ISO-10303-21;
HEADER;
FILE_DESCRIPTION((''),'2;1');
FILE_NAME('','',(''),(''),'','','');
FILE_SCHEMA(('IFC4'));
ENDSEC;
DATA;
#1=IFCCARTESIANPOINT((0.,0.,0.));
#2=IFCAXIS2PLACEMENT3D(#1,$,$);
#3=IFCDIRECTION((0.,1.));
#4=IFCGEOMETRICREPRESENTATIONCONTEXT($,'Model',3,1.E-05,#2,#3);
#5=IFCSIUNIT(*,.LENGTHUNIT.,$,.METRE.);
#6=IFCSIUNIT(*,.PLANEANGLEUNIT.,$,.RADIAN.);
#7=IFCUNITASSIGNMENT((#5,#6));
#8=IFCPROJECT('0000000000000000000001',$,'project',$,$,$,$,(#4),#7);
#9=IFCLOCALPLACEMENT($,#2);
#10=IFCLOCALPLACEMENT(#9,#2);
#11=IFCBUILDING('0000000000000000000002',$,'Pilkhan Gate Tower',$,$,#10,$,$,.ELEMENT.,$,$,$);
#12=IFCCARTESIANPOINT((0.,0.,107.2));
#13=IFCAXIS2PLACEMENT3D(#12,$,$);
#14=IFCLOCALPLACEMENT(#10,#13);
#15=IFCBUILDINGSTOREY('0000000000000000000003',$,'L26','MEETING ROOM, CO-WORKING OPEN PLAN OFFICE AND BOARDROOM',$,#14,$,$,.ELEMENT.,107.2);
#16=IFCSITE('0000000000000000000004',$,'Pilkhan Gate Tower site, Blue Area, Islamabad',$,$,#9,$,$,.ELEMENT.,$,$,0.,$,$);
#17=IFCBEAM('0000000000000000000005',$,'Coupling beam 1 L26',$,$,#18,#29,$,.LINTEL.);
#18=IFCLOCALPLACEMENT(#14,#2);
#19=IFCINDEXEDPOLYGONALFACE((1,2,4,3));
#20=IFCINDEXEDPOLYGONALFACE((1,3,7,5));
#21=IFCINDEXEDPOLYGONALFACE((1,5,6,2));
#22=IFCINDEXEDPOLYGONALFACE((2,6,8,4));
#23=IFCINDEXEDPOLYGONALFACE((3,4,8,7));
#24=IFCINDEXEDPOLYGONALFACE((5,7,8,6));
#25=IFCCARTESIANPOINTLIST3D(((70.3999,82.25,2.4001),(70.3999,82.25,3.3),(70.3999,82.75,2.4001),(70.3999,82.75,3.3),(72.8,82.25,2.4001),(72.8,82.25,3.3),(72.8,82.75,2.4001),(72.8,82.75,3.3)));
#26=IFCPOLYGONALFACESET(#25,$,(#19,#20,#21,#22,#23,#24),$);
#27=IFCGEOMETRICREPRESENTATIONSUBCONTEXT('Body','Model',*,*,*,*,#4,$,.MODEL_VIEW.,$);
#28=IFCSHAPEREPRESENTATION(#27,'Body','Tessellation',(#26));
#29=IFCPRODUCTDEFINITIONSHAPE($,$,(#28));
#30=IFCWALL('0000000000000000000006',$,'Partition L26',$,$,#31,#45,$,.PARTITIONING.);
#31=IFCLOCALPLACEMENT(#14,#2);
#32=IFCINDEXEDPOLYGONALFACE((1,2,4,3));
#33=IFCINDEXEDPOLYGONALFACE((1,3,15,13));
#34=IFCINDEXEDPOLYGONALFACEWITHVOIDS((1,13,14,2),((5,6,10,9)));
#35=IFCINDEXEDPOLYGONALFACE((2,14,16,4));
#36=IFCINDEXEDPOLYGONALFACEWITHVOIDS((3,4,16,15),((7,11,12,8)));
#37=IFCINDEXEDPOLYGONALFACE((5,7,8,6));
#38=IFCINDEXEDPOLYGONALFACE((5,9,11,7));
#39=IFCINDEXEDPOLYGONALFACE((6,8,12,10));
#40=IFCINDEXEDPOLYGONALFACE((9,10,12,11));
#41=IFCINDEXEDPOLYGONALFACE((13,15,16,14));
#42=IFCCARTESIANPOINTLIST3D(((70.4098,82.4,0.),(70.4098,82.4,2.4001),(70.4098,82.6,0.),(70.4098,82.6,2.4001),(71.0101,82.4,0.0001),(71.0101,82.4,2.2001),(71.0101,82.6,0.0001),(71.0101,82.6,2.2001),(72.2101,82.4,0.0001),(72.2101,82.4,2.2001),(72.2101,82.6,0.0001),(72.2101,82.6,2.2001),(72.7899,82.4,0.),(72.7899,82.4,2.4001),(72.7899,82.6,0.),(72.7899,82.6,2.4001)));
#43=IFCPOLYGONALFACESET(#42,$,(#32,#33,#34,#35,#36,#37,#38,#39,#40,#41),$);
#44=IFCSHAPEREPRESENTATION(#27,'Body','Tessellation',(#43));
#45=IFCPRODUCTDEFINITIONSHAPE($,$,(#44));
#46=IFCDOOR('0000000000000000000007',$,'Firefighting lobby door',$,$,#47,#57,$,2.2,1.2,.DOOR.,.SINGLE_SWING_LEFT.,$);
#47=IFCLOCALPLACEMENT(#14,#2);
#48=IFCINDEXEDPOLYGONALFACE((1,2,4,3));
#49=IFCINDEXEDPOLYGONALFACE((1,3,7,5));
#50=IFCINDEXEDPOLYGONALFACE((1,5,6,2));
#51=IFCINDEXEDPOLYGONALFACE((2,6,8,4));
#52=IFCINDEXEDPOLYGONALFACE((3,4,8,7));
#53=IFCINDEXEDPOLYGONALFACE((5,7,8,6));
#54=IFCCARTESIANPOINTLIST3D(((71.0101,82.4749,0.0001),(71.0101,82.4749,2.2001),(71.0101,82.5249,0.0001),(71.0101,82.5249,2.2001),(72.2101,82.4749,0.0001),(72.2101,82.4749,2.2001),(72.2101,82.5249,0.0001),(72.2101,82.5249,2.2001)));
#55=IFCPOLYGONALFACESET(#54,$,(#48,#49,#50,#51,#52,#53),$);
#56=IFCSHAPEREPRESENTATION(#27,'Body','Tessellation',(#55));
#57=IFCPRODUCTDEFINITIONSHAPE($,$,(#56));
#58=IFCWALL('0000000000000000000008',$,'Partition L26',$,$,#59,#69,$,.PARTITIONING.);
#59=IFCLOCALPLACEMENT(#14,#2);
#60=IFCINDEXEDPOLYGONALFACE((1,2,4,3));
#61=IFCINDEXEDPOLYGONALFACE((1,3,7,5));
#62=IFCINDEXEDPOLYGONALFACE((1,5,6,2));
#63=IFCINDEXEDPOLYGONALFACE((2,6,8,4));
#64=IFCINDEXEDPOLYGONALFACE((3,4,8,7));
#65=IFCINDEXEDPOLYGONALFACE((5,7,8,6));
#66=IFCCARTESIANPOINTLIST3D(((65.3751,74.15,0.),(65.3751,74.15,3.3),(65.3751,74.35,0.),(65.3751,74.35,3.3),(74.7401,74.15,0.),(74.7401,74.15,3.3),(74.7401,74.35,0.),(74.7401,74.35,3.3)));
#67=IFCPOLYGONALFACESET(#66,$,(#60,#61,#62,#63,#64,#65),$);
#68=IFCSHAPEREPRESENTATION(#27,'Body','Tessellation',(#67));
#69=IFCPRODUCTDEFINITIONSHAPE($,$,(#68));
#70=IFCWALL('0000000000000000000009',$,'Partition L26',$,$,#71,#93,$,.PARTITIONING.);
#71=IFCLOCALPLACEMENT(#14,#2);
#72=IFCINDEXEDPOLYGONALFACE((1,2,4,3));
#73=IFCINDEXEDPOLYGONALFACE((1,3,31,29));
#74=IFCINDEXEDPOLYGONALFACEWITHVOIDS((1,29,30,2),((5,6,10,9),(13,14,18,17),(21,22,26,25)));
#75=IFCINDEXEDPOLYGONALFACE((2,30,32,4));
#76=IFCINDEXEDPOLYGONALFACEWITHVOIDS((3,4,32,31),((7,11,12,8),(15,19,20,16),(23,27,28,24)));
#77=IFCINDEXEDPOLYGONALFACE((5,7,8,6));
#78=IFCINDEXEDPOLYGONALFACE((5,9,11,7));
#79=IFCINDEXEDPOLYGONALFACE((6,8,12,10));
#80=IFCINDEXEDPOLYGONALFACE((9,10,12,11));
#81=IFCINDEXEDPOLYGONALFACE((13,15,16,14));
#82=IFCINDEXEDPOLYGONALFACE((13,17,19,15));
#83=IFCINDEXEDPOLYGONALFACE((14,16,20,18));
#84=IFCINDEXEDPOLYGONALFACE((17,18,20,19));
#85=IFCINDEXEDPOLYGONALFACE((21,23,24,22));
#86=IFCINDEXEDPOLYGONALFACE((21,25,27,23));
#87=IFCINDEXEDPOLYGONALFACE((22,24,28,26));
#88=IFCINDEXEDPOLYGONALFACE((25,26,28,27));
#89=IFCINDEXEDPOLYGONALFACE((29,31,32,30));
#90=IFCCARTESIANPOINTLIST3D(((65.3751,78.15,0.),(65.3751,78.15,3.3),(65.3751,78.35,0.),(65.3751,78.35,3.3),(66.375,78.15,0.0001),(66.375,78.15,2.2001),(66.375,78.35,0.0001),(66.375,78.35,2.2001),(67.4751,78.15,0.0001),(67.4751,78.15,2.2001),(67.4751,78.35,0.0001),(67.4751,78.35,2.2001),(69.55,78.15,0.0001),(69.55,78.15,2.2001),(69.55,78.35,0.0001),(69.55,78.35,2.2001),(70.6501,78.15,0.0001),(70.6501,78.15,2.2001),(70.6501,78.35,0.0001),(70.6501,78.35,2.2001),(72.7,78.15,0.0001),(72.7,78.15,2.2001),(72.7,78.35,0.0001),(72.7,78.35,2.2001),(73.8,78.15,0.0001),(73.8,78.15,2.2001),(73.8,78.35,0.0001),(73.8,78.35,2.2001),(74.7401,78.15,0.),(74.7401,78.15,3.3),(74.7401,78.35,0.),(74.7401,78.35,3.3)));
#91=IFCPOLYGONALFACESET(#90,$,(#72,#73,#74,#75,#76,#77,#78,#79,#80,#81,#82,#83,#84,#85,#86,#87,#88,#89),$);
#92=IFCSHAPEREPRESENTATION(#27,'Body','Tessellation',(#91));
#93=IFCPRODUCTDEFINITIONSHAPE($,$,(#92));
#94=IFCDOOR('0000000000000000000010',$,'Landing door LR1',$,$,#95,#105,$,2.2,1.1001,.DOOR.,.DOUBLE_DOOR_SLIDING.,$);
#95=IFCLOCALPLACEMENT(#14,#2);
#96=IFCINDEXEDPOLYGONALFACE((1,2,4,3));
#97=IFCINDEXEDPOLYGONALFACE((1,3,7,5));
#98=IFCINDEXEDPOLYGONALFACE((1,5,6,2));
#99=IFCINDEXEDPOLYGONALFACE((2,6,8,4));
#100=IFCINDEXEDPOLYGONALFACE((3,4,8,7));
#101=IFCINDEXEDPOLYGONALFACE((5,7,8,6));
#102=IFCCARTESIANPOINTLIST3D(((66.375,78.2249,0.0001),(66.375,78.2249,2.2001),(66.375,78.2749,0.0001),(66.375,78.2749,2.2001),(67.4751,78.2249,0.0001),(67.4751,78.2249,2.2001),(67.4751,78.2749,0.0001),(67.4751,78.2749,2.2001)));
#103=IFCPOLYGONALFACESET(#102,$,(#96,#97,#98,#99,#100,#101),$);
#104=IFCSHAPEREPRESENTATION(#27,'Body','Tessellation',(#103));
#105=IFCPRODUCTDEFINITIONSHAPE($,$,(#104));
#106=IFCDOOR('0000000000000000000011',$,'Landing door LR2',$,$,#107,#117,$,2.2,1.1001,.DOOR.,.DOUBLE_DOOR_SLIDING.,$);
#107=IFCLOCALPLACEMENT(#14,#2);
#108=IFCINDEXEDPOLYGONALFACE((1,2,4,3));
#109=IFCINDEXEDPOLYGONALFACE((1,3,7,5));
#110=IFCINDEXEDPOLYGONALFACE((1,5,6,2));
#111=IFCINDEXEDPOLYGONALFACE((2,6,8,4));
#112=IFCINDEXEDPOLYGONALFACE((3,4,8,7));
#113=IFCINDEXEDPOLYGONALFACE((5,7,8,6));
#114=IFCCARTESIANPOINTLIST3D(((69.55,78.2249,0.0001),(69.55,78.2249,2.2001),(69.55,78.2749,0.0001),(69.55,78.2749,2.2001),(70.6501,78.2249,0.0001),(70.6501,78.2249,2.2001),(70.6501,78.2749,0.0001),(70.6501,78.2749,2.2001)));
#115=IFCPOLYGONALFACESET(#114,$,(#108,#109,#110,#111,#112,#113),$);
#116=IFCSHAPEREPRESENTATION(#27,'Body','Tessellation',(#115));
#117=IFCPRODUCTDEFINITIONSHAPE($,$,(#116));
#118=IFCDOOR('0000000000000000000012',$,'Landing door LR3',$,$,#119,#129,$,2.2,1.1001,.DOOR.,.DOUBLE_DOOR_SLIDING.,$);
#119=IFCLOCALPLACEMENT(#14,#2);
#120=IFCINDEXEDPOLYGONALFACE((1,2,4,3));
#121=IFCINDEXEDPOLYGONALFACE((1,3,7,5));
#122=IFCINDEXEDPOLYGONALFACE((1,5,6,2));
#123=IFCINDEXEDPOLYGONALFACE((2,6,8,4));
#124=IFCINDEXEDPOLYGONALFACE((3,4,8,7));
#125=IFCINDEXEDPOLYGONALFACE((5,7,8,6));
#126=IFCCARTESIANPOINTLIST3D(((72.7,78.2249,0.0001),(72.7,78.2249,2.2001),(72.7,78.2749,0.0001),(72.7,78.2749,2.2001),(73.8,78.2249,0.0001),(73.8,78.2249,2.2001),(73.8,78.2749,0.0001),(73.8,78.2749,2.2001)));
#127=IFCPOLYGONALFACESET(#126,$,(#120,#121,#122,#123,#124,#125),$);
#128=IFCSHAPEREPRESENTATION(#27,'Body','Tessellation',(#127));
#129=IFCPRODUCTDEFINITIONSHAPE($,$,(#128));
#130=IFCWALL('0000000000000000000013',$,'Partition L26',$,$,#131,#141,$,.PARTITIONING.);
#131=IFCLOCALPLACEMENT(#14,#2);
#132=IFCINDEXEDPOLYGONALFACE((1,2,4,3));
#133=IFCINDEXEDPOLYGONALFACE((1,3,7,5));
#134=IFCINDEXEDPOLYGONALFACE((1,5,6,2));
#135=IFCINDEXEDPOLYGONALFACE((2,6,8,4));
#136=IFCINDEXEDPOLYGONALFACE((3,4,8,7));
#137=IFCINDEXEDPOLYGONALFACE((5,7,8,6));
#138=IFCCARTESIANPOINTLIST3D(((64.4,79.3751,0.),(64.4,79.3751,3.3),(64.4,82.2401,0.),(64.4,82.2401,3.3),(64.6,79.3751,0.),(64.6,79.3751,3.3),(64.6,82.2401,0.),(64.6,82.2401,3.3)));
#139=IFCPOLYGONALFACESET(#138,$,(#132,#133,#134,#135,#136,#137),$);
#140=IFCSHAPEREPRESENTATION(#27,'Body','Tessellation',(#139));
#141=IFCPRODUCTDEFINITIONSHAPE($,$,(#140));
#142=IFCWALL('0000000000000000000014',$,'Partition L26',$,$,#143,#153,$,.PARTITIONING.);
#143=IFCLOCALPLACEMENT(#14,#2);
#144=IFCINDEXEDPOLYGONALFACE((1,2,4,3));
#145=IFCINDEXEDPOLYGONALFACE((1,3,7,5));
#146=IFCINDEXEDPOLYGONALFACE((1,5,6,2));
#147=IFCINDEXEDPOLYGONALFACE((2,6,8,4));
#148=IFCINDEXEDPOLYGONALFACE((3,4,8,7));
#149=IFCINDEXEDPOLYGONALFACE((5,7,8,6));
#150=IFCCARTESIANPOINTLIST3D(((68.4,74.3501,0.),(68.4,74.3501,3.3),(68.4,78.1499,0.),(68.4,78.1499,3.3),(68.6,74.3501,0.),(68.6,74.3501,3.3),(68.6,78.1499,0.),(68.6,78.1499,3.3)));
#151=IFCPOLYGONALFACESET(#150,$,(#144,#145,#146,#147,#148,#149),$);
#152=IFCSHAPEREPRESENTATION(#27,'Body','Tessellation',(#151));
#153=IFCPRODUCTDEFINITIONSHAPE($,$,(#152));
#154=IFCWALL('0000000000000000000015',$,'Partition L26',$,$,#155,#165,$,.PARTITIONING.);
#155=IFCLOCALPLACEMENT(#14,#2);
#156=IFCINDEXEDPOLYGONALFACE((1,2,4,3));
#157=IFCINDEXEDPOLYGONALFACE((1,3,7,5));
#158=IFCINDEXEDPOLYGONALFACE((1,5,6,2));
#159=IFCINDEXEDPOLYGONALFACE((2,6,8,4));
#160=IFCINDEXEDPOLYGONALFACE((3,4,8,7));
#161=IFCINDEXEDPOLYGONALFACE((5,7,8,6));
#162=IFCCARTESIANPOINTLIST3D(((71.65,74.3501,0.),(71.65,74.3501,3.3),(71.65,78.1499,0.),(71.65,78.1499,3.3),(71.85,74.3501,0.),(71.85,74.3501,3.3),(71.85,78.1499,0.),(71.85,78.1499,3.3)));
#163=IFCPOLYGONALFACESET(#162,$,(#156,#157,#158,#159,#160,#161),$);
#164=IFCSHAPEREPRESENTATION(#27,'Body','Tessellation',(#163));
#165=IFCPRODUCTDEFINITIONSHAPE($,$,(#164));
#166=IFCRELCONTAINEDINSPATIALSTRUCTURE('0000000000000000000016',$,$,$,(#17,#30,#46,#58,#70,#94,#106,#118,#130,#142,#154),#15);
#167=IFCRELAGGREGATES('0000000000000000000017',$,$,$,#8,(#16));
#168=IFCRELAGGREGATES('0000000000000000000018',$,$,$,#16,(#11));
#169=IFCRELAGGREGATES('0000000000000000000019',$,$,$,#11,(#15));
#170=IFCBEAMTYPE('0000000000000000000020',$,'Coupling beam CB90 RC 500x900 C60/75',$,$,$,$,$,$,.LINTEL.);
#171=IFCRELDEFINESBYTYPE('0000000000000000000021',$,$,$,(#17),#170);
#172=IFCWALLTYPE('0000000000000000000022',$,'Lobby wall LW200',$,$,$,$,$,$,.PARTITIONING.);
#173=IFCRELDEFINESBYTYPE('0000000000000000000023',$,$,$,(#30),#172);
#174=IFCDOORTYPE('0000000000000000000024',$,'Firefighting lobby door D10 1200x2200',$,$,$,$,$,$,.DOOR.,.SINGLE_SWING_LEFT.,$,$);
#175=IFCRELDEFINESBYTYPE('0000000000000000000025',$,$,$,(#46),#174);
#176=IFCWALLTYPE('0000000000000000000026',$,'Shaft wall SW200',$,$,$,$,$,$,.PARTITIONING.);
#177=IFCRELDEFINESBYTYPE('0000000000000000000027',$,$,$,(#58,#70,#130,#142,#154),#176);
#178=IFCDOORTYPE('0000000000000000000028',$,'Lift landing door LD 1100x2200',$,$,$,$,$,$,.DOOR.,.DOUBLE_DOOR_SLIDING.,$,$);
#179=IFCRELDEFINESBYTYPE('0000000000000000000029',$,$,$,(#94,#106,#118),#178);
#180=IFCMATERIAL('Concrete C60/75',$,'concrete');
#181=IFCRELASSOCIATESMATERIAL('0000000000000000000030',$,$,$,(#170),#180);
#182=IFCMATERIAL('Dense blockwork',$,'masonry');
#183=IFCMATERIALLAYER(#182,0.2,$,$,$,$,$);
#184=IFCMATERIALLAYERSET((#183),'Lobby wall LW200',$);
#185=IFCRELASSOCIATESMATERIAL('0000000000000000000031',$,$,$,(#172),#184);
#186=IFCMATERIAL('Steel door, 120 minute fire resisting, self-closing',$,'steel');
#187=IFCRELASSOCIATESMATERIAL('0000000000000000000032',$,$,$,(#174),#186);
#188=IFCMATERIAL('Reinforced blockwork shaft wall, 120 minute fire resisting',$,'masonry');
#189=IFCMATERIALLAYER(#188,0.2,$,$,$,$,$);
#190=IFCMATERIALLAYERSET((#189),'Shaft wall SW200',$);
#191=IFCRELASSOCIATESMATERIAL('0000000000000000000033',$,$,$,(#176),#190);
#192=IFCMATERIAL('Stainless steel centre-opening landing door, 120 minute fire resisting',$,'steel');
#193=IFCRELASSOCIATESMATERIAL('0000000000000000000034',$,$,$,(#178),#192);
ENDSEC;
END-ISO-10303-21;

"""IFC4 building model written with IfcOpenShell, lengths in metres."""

from ifc_helpers import new_model, si_unit, direction, frame, frame_2d, origin, origin_2d, place, context, subcontext, project, spatial, rectangle, extrude, material, layer, layer_set, material_profile, profile_set, type_object, element, fill, save


model = new_model("IFC4")

# Units and contexts
model_context = context("Model", 3, precision=1e-05, world=origin(), true_north=direction((0.0, 1.0)))
body_context = subcontext(model_context, "Body", "Model", "MODEL_VIEW")
ifc_project = project(units=[si_unit("LENGTHUNIT", "METRE"), si_unit("PLANEANGLEUNIT", "RADIAN")], contexts=[model_context])

# Site, building, storey
site_placement = place(None, origin())
site = spatial("IfcSite", under=ifc_project, at=site_placement, Name="Pilkhan Gate Tower site, Blue Area, Islamabad", CompositionType="ELEMENT", RefElevation=0.0)
building_placement = place(site_placement, origin())
building = spatial("IfcBuilding", under=site, at=building_placement, Name="Pilkhan Gate Tower", CompositionType="ELEMENT")
storey_placement = place(building_placement, frame((0.0, 0.0, 107.2)))
storey = spatial("IfcBuildingStorey", under=building, at=storey_placement, Name="L26", Description="MEETING ROOM, CO-WORKING OPEN PLAN OFFICE AND BOARDROOM", CompositionType="ELEMENT", Elevation=107.2)

# Beam
ifc_material_1 = material(Name="Concrete C60/75", Category="concrete")
ifc_material_profile = material_profile(ifc_material_1, rectangle(XDim=0.5, YDim=0.8999, at=origin_2d()), Name="RC 500x900")
ifc_profile_set = profile_set([ifc_material_profile], Name="Concrete C60/75")
beam_type = type_object("IfcBeamType", Name="Coupling beam CB90 RC 500x900 C60/75", PredefinedType="LINTEL", material=ifc_profile_set)
beam_placement = place(storey_placement, frame((70.3999, 82.5, 2.8501), z_axis=(1.0, 0.0, 0.0), x_axis=(0.0, 1.0, 0.0)))
element("IfcBeam", 1, at=beam_placement, inside=storey, type_object=beam_type, Name="Coupling beam 1 L26", PredefinedType="LINTEL", context=body_context, shape_type="SweptSolid", body=[
    extrude(rectangle(XDim=0.5, YDim=0.8999, at=origin_2d()), origin(), (0.0, 0.0, 1.0), 2.4001),
])

# Wall, opening, door
ifc_material_2 = material(Name="Dense blockwork", Category="masonry")
ifc_layer_1 = layer(ifc_material_2, 0.2)
ifc_layer_set_1 = layer_set([ifc_layer_1], Name="Lobby wall LW200")
wall_type_1 = type_object("IfcWallType", Name="Lobby wall LW200", PredefinedType="PARTITIONING", material=ifc_layer_set_1)
wall_1_placement = place(storey_placement, frame((70.4099, 82.5, 0.0), z_axis=(0.0, 0.0, 1.0), x_axis=(1.0, 0.0, 0.0)))
wall_1 = element("IfcWall", 2, at=wall_1_placement, inside=storey, type_object=wall_type_1, Name="Partition L26", PredefinedType="PARTITIONING", context=body_context, shape_type="SweptSolid", body=[
    extrude(rectangle(XDim=2.3801, YDim=0.2, at=frame_2d((1.1899, 0.0))), origin(), (0.0, 0.0, 1.0), 2.4001),
])
opening_1_placement = place(wall_1_placement, frame((0.6001, 0.0, 0.0)))
opening_1 = element("IfcOpeningElement", 3, at=opening_1_placement, cuts=wall_1, PredefinedType="OPENING", context=body_context, shape_type="SweptSolid", body=[
    extrude(rectangle(XDim=1.2, YDim=2.2, at=frame_2d((0.6001, 1.1001))), frame((0.0, 0.1099, 0.0), z_axis=(0.0, -1.0, 0.0), x_axis=(1.0, 0.0, 0.0)), (0.0, 0.0, 1.0), 0.22),
])
ifc_material_3 = material(Name="Steel door, 120 minute fire resisting, self-closing", Category="steel")
door_type_1 = type_object("IfcDoorType", Name="Firefighting lobby door D10 1200x2200", OperationType="SINGLE_SWING_LEFT", PredefinedType="DOOR", material=ifc_material_3)
door_1_placement = place(opening_1_placement, origin())
door_1 = element("IfcDoor", 4, at=door_1_placement, inside=storey, type_object=door_type_1, Name="Firefighting lobby door", OperationType="SINGLE_SWING_LEFT", OverallHeight=2.2, OverallWidth=1.2, PredefinedType="DOOR", context=body_context, shape_type="SweptSolid", body=[
    extrude(rectangle(XDim=1.2, YDim=2.2, at=frame_2d((0.6001, 1.1001))), frame((0.0, 0.0249, 0.0), z_axis=(0.0, -1.0, 0.0), x_axis=(1.0, 0.0, 0.0)), (0.0, 0.0, 1.0), 0.05),
])
fill(opening_1, door_1)

# Wall
ifc_material_4 = material(Name="Reinforced blockwork shaft wall, 120 minute fire resisting", Category="masonry")
ifc_layer_2 = layer(ifc_material_4, 0.2)
ifc_layer_set_2 = layer_set([ifc_layer_2], Name="Shaft wall SW200")
wall_type_2 = type_object("IfcWallType", Name="Shaft wall SW200", PredefinedType="PARTITIONING", material=ifc_layer_set_2)
wall_2_placement = place(storey_placement, frame((65.375, 74.25, 0.0), z_axis=(0.0, 0.0, 1.0), x_axis=(1.0, 0.0, 0.0)))
element("IfcWall", 5, at=wall_2_placement, inside=storey, type_object=wall_type_2, Name="Partition L26", PredefinedType="PARTITIONING", context=body_context, shape_type="SweptSolid", body=[
    extrude(rectangle(XDim=9.365, YDim=0.2, at=frame_2d((4.6826, 0.0))), origin(), (0.0, 0.0, 1.0), 3.3),
])

# Wall, openings, doors
wall_3_placement = place(storey_placement, frame((65.375, 78.25, 0.0), z_axis=(0.0, 0.0, 1.0), x_axis=(1.0, 0.0, 0.0)))
wall_3 = element("IfcWall", 6, at=wall_3_placement, inside=storey, type_object=wall_type_2, Name="Partition L26", PredefinedType="PARTITIONING", context=body_context, shape_type="SweptSolid", body=[
    extrude(rectangle(XDim=9.365, YDim=0.2, at=frame_2d((4.6826, 0.0))), origin(), (0.0, 0.0, 1.0), 3.3),
])
opening_2_placement = place(wall_3_placement, frame((1.0, 0.0, 0.0)))
opening_2 = element("IfcOpeningElement", 7, at=opening_2_placement, cuts=wall_3, PredefinedType="OPENING", context=body_context, shape_type="SweptSolid", body=[
    extrude(rectangle(XDim=1.1001, YDim=2.2, at=frame_2d((0.55, 1.1001))), frame((0.0, 0.1099, 0.0), z_axis=(0.0, -1.0, 0.0), x_axis=(1.0, 0.0, 0.0)), (0.0, 0.0, 1.0), 0.22),
])
opening_3_placement = place(wall_3_placement, frame((4.175, 0.0, 0.0)))
opening_3 = element("IfcOpeningElement", 8, at=opening_3_placement, cuts=wall_3, PredefinedType="OPENING", context=body_context, shape_type="SweptSolid", body=[
    extrude(rectangle(XDim=1.1001, YDim=2.2, at=frame_2d((0.55, 1.1001))), frame((0.0, 0.1099, 0.0), z_axis=(0.0, -1.0, 0.0), x_axis=(1.0, 0.0, 0.0)), (0.0, 0.0, 1.0), 0.22),
])
opening_4_placement = place(wall_3_placement, frame((7.325, 0.0, 0.0)))
opening_4 = element("IfcOpeningElement", 9, at=opening_4_placement, cuts=wall_3, PredefinedType="OPENING", context=body_context, shape_type="SweptSolid", body=[
    extrude(rectangle(XDim=1.1001, YDim=2.2, at=frame_2d((0.55, 1.1001))), frame((0.0, 0.1099, 0.0), z_axis=(0.0, -1.0, 0.0), x_axis=(1.0, 0.0, 0.0)), (0.0, 0.0, 1.0), 0.22),
])
ifc_material_5 = material(Name="Stainless steel centre-opening landing door, 120 minute fire resisting", Category="steel")
door_type_2 = type_object("IfcDoorType", Name="Lift landing door LD 1100x2200", OperationType="DOUBLE_DOOR_SLIDING", PredefinedType="DOOR", material=ifc_material_5)
door_2_placement = place(opening_2_placement, origin())
door_2 = element("IfcDoor", 10, at=door_2_placement, inside=storey, type_object=door_type_2, Name="Landing door LR1", OperationType="DOUBLE_DOOR_SLIDING", OverallHeight=2.2, OverallWidth=1.1001, PredefinedType="DOOR", context=body_context, shape_type="SweptSolid", body=[
    extrude(rectangle(XDim=1.1001, YDim=2.2, at=frame_2d((0.55, 1.1001))), frame((0.0, 0.0249, 0.0), z_axis=(0.0, -1.0, 0.0), x_axis=(1.0, 0.0, 0.0)), (0.0, 0.0, 1.0), 0.05),
])
fill(opening_2, door_2)
door_3_placement = place(opening_3_placement, origin())
door_3 = element("IfcDoor", 11, at=door_3_placement, inside=storey, type_object=door_type_2, Name="Landing door LR2", OperationType="DOUBLE_DOOR_SLIDING", OverallHeight=2.2, OverallWidth=1.1001, PredefinedType="DOOR", context=body_context, shape_type="SweptSolid", body=[
    extrude(rectangle(XDim=1.1001, YDim=2.2, at=frame_2d((0.55, 1.1001))), frame((0.0, 0.0249, 0.0), z_axis=(0.0, -1.0, 0.0), x_axis=(1.0, 0.0, 0.0)), (0.0, 0.0, 1.0), 0.05),
])
fill(opening_3, door_3)
door_4_placement = place(opening_4_placement, origin())
door_4 = element("IfcDoor", 12, at=door_4_placement, inside=storey, type_object=door_type_2, Name="Landing door LR3", OperationType="DOUBLE_DOOR_SLIDING", OverallHeight=2.2, OverallWidth=1.1001, PredefinedType="DOOR", context=body_context, shape_type="SweptSolid", body=[
    extrude(rectangle(XDim=1.1001, YDim=2.2, at=frame_2d((0.55, 1.1001))), frame((0.0, 0.0249, 0.0), z_axis=(0.0, -1.0, 0.0), x_axis=(1.0, 0.0, 0.0)), (0.0, 0.0, 1.0), 0.05),
])
fill(opening_4, door_4)

# Walls
wall_4_placement = place(storey_placement, frame((64.5, 79.375, 0.0), z_axis=(0.0, 0.0, 1.0), x_axis=(0.0, 1.0, 0.0)))
element("IfcWall", 13, at=wall_4_placement, inside=storey, type_object=wall_type_2, Name="Partition L26", PredefinedType="PARTITIONING", context=body_context, shape_type="SweptSolid", body=[
    extrude(rectangle(XDim=2.865, YDim=0.2, at=frame_2d((1.4326, 0.0))), origin(), (0.0, 0.0, 1.0), 3.3),
])
for number, where, z_axis, x_axis, name in (
    (14, (68.5, 74.3501, 0.0), (0.0, 0.0, 1.0), (0.0, 1.0, 0.0), "Partition L26"),
    (15, (71.75, 74.3501, 0.0), (0.0, 0.0, 1.0), (0.0, 1.0, 0.0), "Partition L26"),
):
    element("IfcWall", number, at=place(storey_placement, frame(where, z_axis=z_axis, x_axis=x_axis)), inside=storey, type_object=wall_type_2, Name=name, PredefinedType="PARTITIONING", context=body_context, shape_type="SweptSolid", body=[
        extrude(rectangle(XDim=3.7998, YDim=0.2, at=frame_2d((1.8999, 0.0))), origin(), (0.0, 0.0, 1.0), 3.3),
    ])

save(model, "model.ifc")
